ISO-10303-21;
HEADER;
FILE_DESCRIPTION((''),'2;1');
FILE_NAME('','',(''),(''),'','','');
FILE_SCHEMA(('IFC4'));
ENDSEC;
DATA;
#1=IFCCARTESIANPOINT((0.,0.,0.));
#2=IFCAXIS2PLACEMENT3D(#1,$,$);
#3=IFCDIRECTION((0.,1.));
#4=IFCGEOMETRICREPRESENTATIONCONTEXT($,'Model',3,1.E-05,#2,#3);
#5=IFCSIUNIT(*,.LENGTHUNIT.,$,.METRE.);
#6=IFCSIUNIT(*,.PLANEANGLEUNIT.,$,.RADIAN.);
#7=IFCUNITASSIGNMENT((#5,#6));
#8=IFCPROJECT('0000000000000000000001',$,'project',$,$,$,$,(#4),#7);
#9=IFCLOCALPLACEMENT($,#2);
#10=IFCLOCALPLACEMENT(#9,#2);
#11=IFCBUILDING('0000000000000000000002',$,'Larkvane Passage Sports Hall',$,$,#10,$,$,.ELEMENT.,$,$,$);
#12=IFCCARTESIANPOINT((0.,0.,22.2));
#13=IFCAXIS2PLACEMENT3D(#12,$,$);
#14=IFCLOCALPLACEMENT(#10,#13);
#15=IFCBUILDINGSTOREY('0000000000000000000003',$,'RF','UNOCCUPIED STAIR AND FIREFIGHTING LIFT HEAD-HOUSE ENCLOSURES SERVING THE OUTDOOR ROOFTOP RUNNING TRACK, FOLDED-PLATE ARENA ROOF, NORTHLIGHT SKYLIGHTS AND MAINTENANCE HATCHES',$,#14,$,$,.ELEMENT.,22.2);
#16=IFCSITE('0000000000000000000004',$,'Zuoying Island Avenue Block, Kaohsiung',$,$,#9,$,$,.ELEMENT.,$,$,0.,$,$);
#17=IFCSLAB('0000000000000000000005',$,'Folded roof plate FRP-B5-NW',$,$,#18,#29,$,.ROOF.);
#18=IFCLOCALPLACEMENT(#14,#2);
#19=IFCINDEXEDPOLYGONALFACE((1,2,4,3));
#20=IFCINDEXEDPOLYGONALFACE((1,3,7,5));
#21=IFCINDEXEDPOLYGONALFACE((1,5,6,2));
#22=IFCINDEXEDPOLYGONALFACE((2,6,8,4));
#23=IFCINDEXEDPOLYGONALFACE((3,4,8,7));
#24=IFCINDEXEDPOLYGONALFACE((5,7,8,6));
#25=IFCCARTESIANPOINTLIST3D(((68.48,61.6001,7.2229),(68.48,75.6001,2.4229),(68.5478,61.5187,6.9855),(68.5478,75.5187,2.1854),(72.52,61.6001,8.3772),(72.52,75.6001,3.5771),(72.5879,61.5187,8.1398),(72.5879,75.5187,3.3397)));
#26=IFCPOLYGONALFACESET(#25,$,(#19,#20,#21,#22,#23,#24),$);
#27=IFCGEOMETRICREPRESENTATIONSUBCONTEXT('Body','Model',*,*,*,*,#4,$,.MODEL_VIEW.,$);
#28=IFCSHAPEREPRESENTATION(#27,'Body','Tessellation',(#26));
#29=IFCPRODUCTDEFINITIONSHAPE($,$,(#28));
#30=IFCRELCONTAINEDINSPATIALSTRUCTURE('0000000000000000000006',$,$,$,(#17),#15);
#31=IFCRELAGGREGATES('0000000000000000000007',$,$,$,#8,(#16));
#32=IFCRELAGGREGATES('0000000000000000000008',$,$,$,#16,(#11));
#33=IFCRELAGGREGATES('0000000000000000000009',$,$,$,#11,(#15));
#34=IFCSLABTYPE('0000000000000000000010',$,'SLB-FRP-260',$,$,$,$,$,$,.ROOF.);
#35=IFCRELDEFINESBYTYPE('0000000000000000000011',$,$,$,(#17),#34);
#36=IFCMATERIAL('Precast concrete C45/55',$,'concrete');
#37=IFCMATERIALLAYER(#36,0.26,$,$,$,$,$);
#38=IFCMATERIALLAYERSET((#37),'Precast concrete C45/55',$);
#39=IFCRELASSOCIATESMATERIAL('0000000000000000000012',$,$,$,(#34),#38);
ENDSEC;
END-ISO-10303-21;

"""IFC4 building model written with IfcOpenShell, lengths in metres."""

from ifc_helpers import new_model, si_unit, direction, frame, origin, place, context, subcontext, project, spatial, polyline, outline, extrude, material, layer, layer_set, type_object, element, save


model = new_model("IFC4")

# Units and contexts
model_context = context("Model", 3, precision=1e-05, world=origin(), true_north=direction((0.0, 1.0)))
body_context = subcontext(model_context, "Body", "Model", "MODEL_VIEW")
ifc_project = project(units=[si_unit("LENGTHUNIT", "METRE"), si_unit("PLANEANGLEUNIT", "RADIAN")], contexts=[model_context])

# Site, building, storey
site_placement = place(None, origin())
site = spatial("IfcSite", under=ifc_project, at=site_placement, Name="Zuoying Island Avenue Block, Kaohsiung", CompositionType="ELEMENT", RefElevation=0.0)
building_placement = place(site_placement, origin())
building = spatial("IfcBuilding", under=site, at=building_placement, Name="Larkvane Passage Sports Hall", CompositionType="ELEMENT")
storey_placement = place(building_placement, frame((0.0, 0.0, 22.2)))
storey = spatial("IfcBuildingStorey", under=building, at=storey_placement, Name="RF", Description="UNOCCUPIED STAIR AND FIREFIGHTING LIFT HEAD-HOUSE ENCLOSURES SERVING THE OUTDOOR ROOFTOP RUNNING TRACK, FOLDED-PLATE ARENA ROOF, NORTHLIGHT SKYLIGHTS AND MAINTENANCE HATCHES", CompositionType="ELEMENT", Elevation=22.2)

# Slab
ifc_material_1 = material(Name="Precast concrete C45/55", Category="concrete")
ifc_layer_1 = layer(ifc_material_1, 0.26)
ifc_layer_set_1 = layer_set([ifc_layer_1], Name="Precast concrete C45/55")
slab_type_1 = type_object("IfcSlabType", Name="SLB-FRP-260", PredefinedType="ROOF", material=ifc_layer_set_1)
slab_1_placement = place(storey_placement, frame((68.48, 61.6001, 7.2229), z_axis=(-0.260909, 0.313094, 0.913181), x_axis=(0.961524, 0.0, 0.274721)))
element("IfcSlab", 1, at=slab_1_placement, inside=storey, type_object=slab_type_1, Name="Folded roof plate FRP-B5-NW", PredefinedType="ROOF", context=body_context, shape_type="SweptSolid", body=[
    extrude(outline(polyline([(0.0, 0.0), (4.2017, 0.0), (2.883, 14.7412), (-1.3187, 14.7412), (0.0, 0.0)])), origin(), (0.0, 0.0, -1.0), 0.26),
])

save(model, "model.ifc")
